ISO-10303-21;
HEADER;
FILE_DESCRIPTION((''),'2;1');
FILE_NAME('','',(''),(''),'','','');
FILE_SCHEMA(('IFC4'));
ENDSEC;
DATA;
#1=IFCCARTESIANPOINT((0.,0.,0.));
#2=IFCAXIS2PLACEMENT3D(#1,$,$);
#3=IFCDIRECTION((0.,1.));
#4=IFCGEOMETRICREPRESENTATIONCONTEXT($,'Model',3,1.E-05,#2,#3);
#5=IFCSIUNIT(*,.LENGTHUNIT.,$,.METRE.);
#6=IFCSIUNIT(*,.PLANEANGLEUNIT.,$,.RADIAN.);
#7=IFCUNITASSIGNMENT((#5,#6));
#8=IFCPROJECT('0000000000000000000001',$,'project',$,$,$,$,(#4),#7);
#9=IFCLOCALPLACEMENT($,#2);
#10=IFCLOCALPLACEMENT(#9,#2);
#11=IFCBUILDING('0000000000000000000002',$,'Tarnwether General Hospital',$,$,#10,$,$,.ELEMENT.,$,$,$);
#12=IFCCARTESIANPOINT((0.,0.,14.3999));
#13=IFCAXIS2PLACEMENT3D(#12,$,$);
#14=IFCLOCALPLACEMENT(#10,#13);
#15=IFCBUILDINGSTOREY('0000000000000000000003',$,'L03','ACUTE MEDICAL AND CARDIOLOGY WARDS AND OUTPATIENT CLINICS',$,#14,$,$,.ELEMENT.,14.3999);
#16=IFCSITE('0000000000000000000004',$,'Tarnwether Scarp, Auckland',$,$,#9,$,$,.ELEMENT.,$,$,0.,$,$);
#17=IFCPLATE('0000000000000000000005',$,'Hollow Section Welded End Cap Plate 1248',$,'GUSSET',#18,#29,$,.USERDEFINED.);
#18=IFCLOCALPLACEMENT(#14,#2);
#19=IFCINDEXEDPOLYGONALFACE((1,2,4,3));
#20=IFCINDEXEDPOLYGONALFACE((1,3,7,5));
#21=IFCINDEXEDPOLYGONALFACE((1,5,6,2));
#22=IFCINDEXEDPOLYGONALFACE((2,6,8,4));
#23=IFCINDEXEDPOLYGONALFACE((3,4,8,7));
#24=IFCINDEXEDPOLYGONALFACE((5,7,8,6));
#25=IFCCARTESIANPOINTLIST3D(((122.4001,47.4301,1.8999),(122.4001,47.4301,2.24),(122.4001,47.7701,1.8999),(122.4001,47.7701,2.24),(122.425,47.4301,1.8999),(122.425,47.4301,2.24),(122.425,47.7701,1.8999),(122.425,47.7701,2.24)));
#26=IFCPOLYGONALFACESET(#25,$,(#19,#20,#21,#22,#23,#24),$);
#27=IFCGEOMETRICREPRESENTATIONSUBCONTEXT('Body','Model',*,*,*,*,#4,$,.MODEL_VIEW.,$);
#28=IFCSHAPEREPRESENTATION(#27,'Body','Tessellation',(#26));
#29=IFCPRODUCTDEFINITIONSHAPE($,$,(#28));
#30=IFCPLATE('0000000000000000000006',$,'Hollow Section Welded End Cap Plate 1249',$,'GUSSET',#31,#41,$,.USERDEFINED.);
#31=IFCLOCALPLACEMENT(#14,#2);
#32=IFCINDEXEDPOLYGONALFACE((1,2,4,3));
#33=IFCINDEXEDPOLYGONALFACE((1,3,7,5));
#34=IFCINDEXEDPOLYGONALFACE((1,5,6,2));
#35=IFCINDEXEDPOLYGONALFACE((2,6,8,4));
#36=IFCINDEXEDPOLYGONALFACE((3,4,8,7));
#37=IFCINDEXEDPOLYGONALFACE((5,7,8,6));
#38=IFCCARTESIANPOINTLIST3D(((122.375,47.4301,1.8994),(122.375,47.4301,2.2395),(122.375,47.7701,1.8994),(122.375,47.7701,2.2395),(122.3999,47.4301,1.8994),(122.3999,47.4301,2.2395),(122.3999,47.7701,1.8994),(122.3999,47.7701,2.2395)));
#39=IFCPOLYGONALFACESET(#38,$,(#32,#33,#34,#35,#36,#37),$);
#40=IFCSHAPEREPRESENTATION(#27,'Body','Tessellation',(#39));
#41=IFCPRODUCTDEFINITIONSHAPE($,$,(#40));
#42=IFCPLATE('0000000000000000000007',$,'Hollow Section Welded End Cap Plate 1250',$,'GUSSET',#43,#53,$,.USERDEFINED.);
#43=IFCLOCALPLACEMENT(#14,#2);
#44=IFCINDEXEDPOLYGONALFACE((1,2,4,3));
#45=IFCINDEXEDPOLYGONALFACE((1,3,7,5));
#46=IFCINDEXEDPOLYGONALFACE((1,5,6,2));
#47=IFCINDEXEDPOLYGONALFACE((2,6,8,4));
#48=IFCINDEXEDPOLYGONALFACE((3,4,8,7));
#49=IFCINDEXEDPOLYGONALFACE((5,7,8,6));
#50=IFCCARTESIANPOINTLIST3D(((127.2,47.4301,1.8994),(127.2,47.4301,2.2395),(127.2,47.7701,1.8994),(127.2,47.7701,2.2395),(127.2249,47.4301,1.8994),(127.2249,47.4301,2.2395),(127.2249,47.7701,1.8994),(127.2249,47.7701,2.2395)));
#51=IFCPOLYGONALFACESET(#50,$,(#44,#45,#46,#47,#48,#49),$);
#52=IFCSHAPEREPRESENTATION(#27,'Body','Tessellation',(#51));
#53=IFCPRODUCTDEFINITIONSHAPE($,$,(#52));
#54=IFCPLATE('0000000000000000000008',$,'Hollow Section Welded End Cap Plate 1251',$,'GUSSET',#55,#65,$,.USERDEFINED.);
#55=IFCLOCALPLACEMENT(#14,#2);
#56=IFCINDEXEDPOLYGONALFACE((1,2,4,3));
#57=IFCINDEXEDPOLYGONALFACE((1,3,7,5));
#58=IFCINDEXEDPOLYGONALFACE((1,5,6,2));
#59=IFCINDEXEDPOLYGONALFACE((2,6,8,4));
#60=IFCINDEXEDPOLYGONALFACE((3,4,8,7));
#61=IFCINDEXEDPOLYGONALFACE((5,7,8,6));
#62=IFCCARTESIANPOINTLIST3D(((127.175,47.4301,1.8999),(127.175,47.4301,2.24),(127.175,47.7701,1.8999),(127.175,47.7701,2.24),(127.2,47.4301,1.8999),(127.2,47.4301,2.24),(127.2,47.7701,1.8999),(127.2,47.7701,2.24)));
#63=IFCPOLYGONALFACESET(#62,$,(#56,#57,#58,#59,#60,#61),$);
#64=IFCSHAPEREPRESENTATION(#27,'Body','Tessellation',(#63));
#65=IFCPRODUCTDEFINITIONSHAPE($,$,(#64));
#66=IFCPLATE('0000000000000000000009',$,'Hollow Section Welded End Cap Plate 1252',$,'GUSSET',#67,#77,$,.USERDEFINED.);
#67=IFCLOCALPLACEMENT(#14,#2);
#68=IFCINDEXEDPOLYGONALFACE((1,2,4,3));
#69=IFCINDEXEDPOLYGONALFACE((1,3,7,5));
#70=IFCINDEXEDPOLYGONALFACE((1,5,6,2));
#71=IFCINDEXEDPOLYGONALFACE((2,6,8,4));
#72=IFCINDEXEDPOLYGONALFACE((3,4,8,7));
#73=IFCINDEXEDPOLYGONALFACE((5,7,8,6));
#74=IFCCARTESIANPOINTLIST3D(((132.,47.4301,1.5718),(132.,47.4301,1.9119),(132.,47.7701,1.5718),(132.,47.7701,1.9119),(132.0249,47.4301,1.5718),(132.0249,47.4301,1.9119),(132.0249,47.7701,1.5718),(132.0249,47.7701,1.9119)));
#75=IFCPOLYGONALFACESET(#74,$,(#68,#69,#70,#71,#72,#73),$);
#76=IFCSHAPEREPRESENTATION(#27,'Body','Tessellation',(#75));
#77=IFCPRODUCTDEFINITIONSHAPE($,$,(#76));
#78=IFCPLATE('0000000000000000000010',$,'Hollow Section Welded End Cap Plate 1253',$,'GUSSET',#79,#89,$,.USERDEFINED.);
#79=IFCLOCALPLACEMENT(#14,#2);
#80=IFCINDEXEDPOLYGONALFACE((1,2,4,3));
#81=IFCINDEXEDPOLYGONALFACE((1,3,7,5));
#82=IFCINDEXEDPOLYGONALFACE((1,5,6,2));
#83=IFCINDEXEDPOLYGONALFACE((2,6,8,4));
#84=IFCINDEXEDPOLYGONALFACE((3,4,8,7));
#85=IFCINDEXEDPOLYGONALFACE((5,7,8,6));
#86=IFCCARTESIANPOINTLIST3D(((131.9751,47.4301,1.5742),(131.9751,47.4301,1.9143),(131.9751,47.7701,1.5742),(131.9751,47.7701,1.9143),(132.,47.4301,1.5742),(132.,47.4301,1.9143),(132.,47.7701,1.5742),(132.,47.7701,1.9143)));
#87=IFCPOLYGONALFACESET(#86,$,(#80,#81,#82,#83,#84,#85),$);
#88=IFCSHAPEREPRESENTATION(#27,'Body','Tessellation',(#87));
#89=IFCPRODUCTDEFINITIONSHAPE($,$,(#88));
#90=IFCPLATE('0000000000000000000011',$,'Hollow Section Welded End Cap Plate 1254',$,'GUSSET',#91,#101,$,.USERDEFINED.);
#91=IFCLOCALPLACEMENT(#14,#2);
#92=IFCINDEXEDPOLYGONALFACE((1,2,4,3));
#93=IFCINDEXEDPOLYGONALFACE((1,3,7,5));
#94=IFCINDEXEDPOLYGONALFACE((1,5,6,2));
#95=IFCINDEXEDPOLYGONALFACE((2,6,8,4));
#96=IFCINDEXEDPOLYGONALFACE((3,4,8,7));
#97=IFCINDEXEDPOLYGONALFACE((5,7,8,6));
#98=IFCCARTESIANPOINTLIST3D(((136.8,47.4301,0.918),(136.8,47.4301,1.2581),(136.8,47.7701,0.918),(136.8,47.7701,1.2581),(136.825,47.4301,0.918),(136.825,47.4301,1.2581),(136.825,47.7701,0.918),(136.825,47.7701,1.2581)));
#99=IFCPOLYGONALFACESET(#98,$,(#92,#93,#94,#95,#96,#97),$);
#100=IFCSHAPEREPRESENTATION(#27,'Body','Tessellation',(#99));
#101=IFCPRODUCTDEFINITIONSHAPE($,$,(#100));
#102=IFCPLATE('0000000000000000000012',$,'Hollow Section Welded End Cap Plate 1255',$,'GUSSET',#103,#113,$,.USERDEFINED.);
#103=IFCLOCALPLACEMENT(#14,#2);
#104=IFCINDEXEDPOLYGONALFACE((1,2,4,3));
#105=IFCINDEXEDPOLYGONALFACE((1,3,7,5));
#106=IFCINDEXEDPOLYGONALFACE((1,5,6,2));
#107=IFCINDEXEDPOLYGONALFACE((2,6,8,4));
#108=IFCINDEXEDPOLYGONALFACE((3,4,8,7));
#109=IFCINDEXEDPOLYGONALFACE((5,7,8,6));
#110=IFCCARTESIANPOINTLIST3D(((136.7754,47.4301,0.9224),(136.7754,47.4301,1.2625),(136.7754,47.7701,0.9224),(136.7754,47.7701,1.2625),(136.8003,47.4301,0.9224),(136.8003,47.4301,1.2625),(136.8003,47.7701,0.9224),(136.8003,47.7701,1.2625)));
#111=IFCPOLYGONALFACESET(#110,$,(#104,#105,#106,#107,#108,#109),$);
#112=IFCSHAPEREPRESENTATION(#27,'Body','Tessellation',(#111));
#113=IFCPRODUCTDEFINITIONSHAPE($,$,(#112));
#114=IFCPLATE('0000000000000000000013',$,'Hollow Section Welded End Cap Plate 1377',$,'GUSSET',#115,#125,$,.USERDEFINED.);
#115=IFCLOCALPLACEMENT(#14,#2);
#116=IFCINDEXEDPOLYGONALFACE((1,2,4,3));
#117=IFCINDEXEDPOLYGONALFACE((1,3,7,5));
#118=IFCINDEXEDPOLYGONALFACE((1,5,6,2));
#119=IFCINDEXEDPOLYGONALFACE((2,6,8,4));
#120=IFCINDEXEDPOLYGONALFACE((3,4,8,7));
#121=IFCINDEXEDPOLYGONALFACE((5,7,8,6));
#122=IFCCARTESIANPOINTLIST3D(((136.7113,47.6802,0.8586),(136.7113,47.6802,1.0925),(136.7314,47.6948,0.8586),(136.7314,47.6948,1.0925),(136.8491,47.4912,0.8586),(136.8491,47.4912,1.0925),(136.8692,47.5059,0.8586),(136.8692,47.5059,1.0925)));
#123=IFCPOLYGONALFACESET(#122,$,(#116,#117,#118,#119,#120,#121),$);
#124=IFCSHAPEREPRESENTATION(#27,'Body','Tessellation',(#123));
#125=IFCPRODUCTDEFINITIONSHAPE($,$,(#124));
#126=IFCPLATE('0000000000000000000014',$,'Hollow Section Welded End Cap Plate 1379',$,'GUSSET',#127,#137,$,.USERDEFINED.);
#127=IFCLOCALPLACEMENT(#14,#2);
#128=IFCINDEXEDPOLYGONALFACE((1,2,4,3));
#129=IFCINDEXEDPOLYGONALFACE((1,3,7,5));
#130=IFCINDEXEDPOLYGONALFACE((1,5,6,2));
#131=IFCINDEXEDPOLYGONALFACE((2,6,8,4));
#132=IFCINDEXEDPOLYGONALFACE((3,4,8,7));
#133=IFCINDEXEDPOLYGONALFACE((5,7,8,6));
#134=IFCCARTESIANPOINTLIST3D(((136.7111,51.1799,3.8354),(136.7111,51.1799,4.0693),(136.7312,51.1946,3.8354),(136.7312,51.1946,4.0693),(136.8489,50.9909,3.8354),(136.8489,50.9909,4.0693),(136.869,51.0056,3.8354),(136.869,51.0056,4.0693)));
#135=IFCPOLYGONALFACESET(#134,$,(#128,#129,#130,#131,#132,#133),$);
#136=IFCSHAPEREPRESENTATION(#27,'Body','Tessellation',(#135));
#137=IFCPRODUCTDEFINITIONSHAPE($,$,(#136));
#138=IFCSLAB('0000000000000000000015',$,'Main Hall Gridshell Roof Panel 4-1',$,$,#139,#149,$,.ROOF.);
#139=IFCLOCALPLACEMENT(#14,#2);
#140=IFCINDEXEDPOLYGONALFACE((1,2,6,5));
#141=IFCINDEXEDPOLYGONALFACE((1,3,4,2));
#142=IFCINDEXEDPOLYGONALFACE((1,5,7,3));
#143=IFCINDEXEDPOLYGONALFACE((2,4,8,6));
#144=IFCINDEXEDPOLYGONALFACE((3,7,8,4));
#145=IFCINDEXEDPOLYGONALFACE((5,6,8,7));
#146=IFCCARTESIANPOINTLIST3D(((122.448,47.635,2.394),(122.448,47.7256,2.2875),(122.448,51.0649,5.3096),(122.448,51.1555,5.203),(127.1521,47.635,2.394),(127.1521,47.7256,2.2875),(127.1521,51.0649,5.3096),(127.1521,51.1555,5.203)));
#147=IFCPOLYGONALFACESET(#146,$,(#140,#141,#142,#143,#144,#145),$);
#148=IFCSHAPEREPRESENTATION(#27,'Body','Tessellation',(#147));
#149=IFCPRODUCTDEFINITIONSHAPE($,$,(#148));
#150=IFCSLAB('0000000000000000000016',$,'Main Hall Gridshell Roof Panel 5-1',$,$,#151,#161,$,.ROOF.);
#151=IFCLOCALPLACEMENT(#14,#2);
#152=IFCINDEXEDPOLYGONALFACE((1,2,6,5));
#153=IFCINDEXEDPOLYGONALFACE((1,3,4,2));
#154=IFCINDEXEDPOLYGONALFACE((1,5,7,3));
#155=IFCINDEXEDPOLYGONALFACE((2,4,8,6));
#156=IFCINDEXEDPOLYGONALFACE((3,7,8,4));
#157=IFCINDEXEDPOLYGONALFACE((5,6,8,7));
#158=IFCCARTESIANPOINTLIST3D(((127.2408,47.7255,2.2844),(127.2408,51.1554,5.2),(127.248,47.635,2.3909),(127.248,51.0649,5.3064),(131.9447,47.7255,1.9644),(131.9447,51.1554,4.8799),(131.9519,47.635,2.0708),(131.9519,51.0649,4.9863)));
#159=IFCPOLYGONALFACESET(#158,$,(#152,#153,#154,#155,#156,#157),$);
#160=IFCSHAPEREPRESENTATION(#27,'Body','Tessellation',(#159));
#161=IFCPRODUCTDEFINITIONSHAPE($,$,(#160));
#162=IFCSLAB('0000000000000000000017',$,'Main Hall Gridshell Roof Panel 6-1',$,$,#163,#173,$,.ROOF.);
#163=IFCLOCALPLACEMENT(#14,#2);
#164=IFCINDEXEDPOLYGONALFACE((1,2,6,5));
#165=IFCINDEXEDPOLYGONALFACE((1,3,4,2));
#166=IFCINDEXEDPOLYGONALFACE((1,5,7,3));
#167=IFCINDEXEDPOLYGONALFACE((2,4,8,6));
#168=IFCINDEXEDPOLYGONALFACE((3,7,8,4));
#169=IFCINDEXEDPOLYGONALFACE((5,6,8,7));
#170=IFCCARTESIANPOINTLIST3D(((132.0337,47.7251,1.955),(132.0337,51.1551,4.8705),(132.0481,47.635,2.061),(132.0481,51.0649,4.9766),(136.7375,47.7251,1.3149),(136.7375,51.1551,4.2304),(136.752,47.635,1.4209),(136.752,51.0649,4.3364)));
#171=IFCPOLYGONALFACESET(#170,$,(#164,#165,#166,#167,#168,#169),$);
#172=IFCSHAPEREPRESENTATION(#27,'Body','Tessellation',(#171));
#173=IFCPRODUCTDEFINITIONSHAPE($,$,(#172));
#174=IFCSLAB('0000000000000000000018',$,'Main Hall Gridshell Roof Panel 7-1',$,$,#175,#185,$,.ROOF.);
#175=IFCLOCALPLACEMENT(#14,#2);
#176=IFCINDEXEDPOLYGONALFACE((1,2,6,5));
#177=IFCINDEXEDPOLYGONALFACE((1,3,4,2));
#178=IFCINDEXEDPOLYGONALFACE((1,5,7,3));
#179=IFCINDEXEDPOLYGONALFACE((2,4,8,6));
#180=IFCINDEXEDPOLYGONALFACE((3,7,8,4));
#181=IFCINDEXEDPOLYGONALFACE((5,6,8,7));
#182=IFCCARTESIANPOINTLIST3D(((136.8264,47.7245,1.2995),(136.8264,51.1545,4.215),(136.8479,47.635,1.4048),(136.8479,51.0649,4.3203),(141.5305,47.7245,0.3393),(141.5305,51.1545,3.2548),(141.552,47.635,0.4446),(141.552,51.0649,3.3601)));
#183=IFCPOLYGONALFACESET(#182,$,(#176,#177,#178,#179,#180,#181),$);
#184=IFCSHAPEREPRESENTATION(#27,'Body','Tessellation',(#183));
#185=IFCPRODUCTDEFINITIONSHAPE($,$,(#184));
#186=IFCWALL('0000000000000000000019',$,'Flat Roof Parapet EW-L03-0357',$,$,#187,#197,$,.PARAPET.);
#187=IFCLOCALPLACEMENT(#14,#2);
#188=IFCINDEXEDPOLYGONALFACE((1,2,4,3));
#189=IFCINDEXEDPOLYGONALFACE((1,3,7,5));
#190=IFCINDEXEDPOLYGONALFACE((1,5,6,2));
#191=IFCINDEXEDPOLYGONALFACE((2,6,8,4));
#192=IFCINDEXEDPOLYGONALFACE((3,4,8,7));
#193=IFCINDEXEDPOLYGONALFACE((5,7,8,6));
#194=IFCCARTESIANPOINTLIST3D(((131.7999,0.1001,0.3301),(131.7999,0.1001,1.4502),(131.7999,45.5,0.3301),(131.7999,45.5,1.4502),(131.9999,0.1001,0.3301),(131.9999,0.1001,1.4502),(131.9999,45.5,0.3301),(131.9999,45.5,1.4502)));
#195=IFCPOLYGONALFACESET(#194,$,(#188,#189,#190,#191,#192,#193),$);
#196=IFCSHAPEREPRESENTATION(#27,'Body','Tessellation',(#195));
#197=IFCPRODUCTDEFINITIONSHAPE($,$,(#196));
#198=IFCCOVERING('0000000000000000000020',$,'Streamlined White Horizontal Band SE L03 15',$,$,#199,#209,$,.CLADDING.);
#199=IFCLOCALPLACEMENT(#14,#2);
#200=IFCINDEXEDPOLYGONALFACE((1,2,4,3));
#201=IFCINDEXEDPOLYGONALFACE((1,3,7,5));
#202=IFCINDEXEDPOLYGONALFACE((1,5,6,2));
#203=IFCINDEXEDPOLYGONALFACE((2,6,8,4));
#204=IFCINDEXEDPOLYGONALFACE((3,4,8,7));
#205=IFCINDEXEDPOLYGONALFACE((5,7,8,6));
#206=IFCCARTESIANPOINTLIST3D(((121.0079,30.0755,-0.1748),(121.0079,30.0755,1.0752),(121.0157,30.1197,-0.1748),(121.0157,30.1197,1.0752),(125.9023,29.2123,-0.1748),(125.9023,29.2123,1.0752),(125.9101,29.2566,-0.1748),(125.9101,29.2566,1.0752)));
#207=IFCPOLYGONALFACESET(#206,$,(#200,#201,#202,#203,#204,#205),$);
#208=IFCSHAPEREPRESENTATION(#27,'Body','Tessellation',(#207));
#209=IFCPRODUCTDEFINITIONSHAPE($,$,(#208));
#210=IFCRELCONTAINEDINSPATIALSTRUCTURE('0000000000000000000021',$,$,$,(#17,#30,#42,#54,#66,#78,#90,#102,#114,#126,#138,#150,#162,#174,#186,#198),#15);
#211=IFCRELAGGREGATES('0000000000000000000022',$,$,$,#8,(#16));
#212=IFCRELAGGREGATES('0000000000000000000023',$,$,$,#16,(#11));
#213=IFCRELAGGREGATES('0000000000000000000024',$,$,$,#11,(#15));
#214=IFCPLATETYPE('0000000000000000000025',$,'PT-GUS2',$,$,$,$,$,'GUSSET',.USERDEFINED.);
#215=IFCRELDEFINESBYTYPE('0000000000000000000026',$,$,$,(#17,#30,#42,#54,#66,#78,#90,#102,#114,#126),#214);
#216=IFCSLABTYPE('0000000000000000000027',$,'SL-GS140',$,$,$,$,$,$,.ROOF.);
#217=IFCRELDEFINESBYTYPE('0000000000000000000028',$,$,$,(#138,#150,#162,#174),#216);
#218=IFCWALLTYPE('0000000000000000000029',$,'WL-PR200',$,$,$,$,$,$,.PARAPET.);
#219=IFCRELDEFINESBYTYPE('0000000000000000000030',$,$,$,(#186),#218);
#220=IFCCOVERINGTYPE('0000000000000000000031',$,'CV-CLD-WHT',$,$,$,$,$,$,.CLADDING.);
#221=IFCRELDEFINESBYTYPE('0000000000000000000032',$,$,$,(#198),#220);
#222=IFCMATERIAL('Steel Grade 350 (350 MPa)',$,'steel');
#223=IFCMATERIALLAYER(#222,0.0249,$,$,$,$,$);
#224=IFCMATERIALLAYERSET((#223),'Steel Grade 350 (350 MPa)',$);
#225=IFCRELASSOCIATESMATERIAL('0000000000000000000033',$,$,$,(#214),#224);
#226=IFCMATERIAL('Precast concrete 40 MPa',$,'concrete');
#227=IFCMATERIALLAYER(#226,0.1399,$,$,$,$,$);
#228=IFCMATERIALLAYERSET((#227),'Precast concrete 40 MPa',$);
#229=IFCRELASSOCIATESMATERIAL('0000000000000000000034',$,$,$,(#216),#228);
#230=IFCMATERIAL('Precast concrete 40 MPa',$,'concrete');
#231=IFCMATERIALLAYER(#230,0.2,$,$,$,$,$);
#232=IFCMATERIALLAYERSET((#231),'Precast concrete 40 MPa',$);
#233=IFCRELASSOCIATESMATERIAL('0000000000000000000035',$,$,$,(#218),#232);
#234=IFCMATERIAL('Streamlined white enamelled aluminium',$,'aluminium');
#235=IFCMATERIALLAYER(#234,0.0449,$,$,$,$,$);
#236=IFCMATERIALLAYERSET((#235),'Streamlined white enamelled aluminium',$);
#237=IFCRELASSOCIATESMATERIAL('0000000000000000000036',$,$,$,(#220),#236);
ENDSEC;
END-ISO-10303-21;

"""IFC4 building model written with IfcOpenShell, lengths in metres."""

from ifc_helpers import new_model, si_unit, direction, frame, frame_2d, origin, origin_2d, place, context, subcontext, project, spatial, polyline, rectangle, outline, extrude, material, layer, layer_set, type_object, element, save


model = new_model("IFC4")

# Units and contexts
model_context = context("Model", 3, precision=1e-05, world=origin(), true_north=direction((0.0, 1.0)))
body_context = subcontext(model_context, "Body", "Model", "MODEL_VIEW")
ifc_project = project(units=[si_unit("LENGTHUNIT", "METRE"), si_unit("PLANEANGLEUNIT", "RADIAN")], contexts=[model_context])

# Site, building, storey
site_placement = place(None, origin())
site = spatial("IfcSite", under=ifc_project, at=site_placement, Name="Tarnwether Scarp, Auckland", CompositionType="ELEMENT", RefElevation=0.0)
building_placement = place(site_placement, origin())
building = spatial("IfcBuilding", under=site, at=building_placement, Name="Tarnwether General Hospital", CompositionType="ELEMENT")
storey_placement = place(building_placement, frame((0.0, 0.0, 14.3999)))
storey = spatial("IfcBuildingStorey", under=building, at=storey_placement, Name="L03", Description="ACUTE MEDICAL AND CARDIOLOGY WARDS AND OUTPATIENT CLINICS", CompositionType="ELEMENT", Elevation=14.3999)

# Plates
ifc_material_1 = material(Name="Steel Grade 350 (350 MPa)", Category="steel")
ifc_layer_1 = layer(ifc_material_1, 0.0249)
ifc_layer_set_1 = layer_set([ifc_layer_1], Name="Steel Grade 350 (350 MPa)")
plate_type = type_object("IfcPlateType", Name="PT-GUS2", ElementType="GUSSET", PredefinedType="USERDEFINED", material=ifc_layer_set_1)
for number, where, z_axis, x_axis, name in (
    (1, (122.4126, 47.6001, 1.8999), (0.0, 0.0, 1.0), (1.0, 0.0, 0.0), "Hollow Section Welded End Cap Plate 1248"),
    (2, (122.3875, 47.6001, 1.8994), (0.0, 0.0, 1.0), (1.0, 0.0, 0.0), "Hollow Section Welded End Cap Plate 1249"),
    (3, (127.2124, 47.6001, 1.8994), (0.0, 0.0, 1.0), (1.0, 0.0, 0.0), "Hollow Section Welded End Cap Plate 1250"),
    (4, (127.1875, 47.6001, 1.8999), (0.0, 0.0, 1.0), (1.0, 0.0, 0.0), "Hollow Section Welded End Cap Plate 1251"),
    (5, (132.0125, 47.6001, 1.5718), (0.0, 0.0, 1.0), (1.0, 0.0, 0.0), "Hollow Section Welded End Cap Plate 1252"),
    (6, (131.9875, 47.6001, 1.5742), (0.0, 0.0, 1.0), (1.0, 0.0, 0.0), "Hollow Section Welded End Cap Plate 1253"),
    (7, (136.8125, 47.6001, 0.918), (0.0, 0.0, 1.0), (1.0, 0.0, 0.0), "Hollow Section Welded End Cap Plate 1254"),
    (8, (136.7878, 47.6001, 0.9224), (0.0, 0.0, 1.0), (1.0, 0.0, 0.0), "Hollow Section Welded End Cap Plate 1255"),
):
    element("IfcPlate", number, at=place(storey_placement, frame(where, z_axis=z_axis, x_axis=x_axis)), inside=storey, type_object=plate_type, Name=name, ObjectType="GUSSET", PredefinedType="USERDEFINED", context=body_context, shape_type="SweptSolid", body=[
        extrude(rectangle(XDim=0.0249, YDim=0.3401, at=origin_2d()), origin(), (0.0, 0.0, 1.0), 0.3401),
    ])
for number, where, z_axis, x_axis, name in (
    (9, (136.7903, 47.593, 0.8586), (0.0, 0.0, 1.0), (0.80801, 0.589168, 0.0), "Hollow Section Welded End Cap Plate 1377"),
    (10, (136.79, 51.0928, 3.8354), (0.0, 0.0, 1.0), (0.80801, 0.589168, 0.0), "Hollow Section Welded End Cap Plate 1379"),
):
    element("IfcPlate", number, at=place(storey_placement, frame(where, z_axis=z_axis, x_axis=x_axis)), inside=storey, type_object=plate_type, Name=name, ObjectType="GUSSET", PredefinedType="USERDEFINED", context=body_context, shape_type="SweptSolid", body=[
        extrude(rectangle(XDim=0.0249, YDim=0.2339, at=origin_2d()), origin(), (0.0, 0.0, 1.0), 0.2339),
    ])

# Slabs
ifc_material_2 = material(Name="Precast concrete 40 MPa", Category="concrete")
ifc_layer_2 = layer(ifc_material_2, 0.1399)
ifc_layer_set_2 = layer_set([ifc_layer_2], Name="Precast concrete 40 MPa")
slab_type = type_object("IfcSlabType", Name="SL-GS140", PredefinedType="ROOF", material=ifc_layer_set_2)
slab_1_placement = place(storey_placement, frame((122.448, 47.635, 2.394), z_axis=(0.0, -0.647659, 0.76193), x_axis=(1.0, 0.0, 0.0)))
element("IfcSlab", 11, at=slab_1_placement, inside=storey, type_object=slab_type, Name="Main Hall Gridshell Roof Panel 4-1", PredefinedType="ROOF", context=body_context, shape_type="SweptSolid", body=[
    extrude(outline(polyline([(0.0, 0.0), (4.7041, 0.0), (4.7041, 4.5016), (0.0, 4.5016), (0.0, 0.0)])), origin(), (0.0, 0.0, -1.0), 0.1399),
])
slab_2_placement = place(storey_placement, frame((127.248, 47.635, 2.3909), z_axis=(0.051775, -0.646791, 0.760908), x_axis=(0.997693, 0.0, -0.067887)))
element("IfcSlab", 12, at=slab_2_placement, inside=storey, type_object=slab_type, Name="Main Hall Gridshell Roof Panel 5-1", PredefinedType="ROOF", context=body_context, shape_type="SweptSolid", body=[
    extrude(outline(polyline([(0.0, 0.0), (4.7147, 0.0), (4.5168, 4.4973), (-0.1979, 4.4973), (0.0, 0.0)])), origin(), (0.0, 0.0, -1.0), 0.1399),
])
slab_3_placement = place(storey_placement, frame((132.0481, 47.635, 2.061), z_axis=(0.103136, -0.644206, 0.757867), x_axis=(0.990867, 0.0, -0.134845)))
element("IfcSlab", 13, at=slab_3_placement, inside=storey, type_object=slab_type, Name="Main Hall Gridshell Roof Panel 6-1", PredefinedType="ROOF", context=body_context, shape_type="SweptSolid", body=[
    extrude(outline(polyline([(0.0, 0.0), (4.7472, 0.0), (4.3541, 4.4844), (-0.3931, 4.4844), (0.0, 0.0)])), origin(), (0.0, 0.0, -1.0), 0.1399),
])
slab_4_placement = place(storey_placement, frame((136.8479, 47.635, 1.4048), z_axis=(0.153678, -0.639966, 0.752879), x_axis=(0.979797, 0.0, -0.199997)))
element("IfcSlab", 14, at=slab_4_placement, inside=storey, type_object=slab_type, Name="Main Hall Gridshell Roof Panel 7-1", PredefinedType="ROOF", context=body_context, shape_type="SweptSolid", body=[
    extrude(outline(polyline([(0.0, 0.0), (4.8011, 0.0), (4.218, 4.4637), (-0.5831, 4.4637), (0.0, 0.0)])), origin(), (0.0, 0.0, -1.0), 0.1399),
])

# Wall
ifc_material_3 = material(Name="Precast concrete 40 MPa", Category="concrete")
ifc_layer_3 = layer(ifc_material_3, 0.2)
ifc_layer_set_3 = layer_set([ifc_layer_3], Name="Precast concrete 40 MPa")
wall_type = type_object("IfcWallType", Name="WL-PR200", PredefinedType="PARAPET", material=ifc_layer_set_3)
wall_placement = place(storey_placement, frame((131.8999, 45.5, 0.3301), z_axis=(0.0, 0.0, 1.0), x_axis=(0.0, -1.0, 0.0)))
element("IfcWall", 15, at=wall_placement, inside=storey, type_object=wall_type, Name="Flat Roof Parapet EW-L03-0357", PredefinedType="PARAPET", context=body_context, shape_type="SweptSolid", body=[
    extrude(rectangle(XDim=45.3999, YDim=0.2, at=frame_2d((22.7, 0.0))), origin(), (0.0, 0.0, 1.0), 1.1201),
])

# Covering
ifc_material_4 = material(Name="Streamlined white enamelled aluminium", Category="aluminium")
ifc_layer_4 = layer(ifc_material_4, 0.0449)
ifc_layer_set_4 = layer_set([ifc_layer_4], Name="Streamlined white enamelled aluminium")
covering_type_1 = type_object("IfcCoveringType", Name="CV-CLD-WHT", PredefinedType="CLADDING", material=ifc_layer_set_4)
covering_1_placement = place(storey_placement, frame((123.459, 29.666, -0.1748), z_axis=(0.0, 0.0, 1.0), x_axis=(0.984805, -0.173665, 0.0)))
element("IfcCovering", 16, at=covering_1_placement, inside=storey, type_object=covering_type_1, Name="Streamlined White Horizontal Band SE L03 15", PredefinedType="CLADDING", context=body_context, shape_type="SweptSolid", body=[
    extrude(rectangle(XDim=4.97, YDim=0.0449, at=origin_2d()), origin(), (0.0, 0.0, 1.0), 1.25),
])

save(model, "model.ifc")
